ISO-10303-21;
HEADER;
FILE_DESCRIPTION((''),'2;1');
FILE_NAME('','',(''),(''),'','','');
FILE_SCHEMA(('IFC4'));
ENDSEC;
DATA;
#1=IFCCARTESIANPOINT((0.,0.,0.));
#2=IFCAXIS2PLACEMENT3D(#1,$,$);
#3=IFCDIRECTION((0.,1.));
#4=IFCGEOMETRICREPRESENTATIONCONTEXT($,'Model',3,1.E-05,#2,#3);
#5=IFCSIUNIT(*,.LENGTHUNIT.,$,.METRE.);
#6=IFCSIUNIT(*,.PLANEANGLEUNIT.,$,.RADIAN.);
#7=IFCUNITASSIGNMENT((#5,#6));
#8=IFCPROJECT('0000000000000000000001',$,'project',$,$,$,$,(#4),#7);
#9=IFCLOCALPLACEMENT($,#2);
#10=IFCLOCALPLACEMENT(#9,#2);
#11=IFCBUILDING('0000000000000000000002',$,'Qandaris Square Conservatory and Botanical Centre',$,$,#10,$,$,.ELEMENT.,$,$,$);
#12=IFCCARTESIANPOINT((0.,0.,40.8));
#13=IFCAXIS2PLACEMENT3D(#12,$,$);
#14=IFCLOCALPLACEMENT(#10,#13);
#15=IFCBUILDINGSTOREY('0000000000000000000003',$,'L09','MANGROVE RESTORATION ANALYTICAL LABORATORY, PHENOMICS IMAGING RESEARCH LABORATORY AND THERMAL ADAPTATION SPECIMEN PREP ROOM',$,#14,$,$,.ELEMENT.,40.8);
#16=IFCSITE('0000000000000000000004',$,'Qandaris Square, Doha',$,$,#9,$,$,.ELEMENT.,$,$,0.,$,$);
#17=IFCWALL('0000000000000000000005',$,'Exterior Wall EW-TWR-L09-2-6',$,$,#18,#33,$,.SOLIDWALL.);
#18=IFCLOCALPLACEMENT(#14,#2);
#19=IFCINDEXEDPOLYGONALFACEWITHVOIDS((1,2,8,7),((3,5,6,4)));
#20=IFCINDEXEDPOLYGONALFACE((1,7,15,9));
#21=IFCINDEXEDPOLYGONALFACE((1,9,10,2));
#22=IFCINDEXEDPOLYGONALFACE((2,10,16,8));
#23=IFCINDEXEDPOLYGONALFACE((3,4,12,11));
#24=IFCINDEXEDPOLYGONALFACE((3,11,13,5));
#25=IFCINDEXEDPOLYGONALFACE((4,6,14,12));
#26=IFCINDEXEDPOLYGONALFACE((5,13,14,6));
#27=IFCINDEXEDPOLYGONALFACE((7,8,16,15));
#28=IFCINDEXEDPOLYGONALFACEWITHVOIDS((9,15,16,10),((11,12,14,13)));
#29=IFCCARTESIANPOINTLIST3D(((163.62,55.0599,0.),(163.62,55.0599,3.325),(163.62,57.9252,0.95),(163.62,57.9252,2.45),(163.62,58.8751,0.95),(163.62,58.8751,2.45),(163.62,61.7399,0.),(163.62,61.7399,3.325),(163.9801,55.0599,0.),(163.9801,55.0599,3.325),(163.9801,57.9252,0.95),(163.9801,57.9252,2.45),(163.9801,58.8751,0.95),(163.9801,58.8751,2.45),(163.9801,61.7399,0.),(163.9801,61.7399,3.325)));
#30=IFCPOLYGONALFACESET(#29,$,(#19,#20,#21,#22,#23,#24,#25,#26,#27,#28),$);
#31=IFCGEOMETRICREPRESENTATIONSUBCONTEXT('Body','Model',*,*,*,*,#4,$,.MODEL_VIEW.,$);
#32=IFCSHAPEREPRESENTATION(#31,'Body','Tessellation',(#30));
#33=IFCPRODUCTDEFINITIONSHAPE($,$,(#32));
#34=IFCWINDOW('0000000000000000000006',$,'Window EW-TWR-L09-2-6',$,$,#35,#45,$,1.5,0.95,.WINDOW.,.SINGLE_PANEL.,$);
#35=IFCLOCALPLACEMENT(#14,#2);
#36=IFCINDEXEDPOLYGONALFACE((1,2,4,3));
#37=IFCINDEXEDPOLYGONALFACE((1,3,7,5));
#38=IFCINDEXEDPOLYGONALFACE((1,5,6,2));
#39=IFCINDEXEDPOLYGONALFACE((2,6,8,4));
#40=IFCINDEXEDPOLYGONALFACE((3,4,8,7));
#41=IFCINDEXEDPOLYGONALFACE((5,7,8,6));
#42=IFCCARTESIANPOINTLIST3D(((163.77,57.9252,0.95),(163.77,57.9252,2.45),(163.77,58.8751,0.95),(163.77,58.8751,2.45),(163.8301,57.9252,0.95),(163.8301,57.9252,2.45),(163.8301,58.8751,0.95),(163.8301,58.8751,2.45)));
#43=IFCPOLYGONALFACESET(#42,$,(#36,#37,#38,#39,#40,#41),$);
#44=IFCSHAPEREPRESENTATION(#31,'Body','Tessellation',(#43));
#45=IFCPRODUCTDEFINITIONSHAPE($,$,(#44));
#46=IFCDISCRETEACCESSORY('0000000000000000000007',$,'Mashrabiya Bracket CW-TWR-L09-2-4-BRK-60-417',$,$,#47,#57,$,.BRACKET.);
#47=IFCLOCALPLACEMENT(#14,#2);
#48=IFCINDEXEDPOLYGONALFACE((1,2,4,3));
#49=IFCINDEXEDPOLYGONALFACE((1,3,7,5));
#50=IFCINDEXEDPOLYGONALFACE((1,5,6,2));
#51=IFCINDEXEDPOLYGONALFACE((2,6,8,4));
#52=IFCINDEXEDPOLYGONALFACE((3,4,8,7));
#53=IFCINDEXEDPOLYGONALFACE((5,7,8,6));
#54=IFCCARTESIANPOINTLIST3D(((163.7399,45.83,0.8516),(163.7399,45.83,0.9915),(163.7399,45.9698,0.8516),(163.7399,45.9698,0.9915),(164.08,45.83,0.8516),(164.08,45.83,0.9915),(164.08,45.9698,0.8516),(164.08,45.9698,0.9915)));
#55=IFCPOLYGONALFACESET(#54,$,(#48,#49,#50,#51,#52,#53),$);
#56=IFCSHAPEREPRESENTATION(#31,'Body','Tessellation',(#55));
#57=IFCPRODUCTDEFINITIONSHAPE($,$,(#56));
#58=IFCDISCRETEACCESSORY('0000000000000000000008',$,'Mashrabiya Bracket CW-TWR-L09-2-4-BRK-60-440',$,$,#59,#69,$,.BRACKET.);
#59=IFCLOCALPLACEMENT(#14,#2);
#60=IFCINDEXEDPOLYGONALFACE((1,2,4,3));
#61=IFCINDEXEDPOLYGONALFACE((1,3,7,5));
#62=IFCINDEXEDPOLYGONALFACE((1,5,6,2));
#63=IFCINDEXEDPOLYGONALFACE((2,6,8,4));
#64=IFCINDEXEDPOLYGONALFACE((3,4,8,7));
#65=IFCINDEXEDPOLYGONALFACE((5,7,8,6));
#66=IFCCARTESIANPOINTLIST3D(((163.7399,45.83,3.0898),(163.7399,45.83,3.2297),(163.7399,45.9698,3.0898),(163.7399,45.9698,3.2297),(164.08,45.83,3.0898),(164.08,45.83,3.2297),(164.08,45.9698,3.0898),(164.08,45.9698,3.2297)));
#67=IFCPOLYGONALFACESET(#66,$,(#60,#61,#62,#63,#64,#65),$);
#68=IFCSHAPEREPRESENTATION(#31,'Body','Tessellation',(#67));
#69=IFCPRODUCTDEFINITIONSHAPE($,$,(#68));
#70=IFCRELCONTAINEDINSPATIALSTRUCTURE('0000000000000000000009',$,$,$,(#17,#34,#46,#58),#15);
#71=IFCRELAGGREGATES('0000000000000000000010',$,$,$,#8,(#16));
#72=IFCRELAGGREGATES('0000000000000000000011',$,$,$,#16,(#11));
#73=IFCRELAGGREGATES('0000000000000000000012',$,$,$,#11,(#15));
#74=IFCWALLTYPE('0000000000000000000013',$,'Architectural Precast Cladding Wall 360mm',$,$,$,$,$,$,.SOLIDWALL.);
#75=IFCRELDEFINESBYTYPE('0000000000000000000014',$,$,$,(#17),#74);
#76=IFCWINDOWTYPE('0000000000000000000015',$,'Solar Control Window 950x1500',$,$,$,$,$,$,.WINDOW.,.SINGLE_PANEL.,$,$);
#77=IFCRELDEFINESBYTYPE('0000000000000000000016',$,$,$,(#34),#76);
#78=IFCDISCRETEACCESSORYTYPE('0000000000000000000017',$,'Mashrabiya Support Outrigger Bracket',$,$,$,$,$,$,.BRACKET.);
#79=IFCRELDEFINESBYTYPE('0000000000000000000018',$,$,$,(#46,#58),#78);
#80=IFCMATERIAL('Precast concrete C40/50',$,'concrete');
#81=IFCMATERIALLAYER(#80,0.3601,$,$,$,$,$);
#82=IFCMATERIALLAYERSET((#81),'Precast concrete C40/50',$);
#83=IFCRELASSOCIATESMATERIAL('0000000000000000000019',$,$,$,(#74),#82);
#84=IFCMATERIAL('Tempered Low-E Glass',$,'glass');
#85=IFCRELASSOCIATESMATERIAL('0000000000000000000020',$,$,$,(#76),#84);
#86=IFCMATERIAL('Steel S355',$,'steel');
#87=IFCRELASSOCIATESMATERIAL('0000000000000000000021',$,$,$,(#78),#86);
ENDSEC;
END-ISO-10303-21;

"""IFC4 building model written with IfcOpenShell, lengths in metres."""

from ifc_helpers import new_model, si_unit, direction, frame, frame_2d, origin, origin_2d, place, context, subcontext, project, spatial, rectangle, extrude, material, layer, layer_set, type_object, element, fill, save


model = new_model("IFC4")

# Units and contexts
model_context = context("Model", 3, precision=1e-05, world=origin(), true_north=direction((0.0, 1.0)))
body_context = subcontext(model_context, "Body", "Model", "MODEL_VIEW")
ifc_project = project(units=[si_unit("LENGTHUNIT", "METRE"), si_unit("PLANEANGLEUNIT", "RADIAN")], contexts=[model_context])

# Site, building, storey
site_placement = place(None, origin())
site = spatial("IfcSite", under=ifc_project, at=site_placement, Name="Qandaris Square, Doha", CompositionType="ELEMENT", RefElevation=0.0)
building_placement = place(site_placement, origin())
building = spatial("IfcBuilding", under=site, at=building_placement, Name="Qandaris Square Conservatory and Botanical Centre", CompositionType="ELEMENT")
storey_placement = place(building_placement, frame((0.0, 0.0, 40.8)))
storey = spatial("IfcBuildingStorey", under=building, at=storey_placement, Name="L09", Description="MANGROVE RESTORATION ANALYTICAL LABORATORY, PHENOMICS IMAGING RESEARCH LABORATORY AND THERMAL ADAPTATION SPECIMEN PREP ROOM", CompositionType="ELEMENT", Elevation=40.8)

# Shared definitions
ifc_material_1 = material(Name="Steel S355", Category="steel")

# Shared definitions
ifc_material_2 = material(Name="Tempered Low-E Glass", Category="glass")

# Wall, opening, window
ifc_material_3 = material(Name="Precast concrete C40/50", Category="concrete")
ifc_layer_1 = layer(ifc_material_3, 0.3601)
ifc_layer_set_1 = layer_set([ifc_layer_1], Name="Precast concrete C40/50")
wall_type = type_object("IfcWallType", Name="Architectural Precast Cladding Wall 360mm", PredefinedType="SOLIDWALL", material=ifc_layer_set_1)
wall_1_placement = place(storey_placement, frame((163.8, 55.0601, 0.0), z_axis=(0.0, 0.0, 1.0), x_axis=(0.0, 1.0, 0.0)))
wall_1 = element("IfcWall", 1, at=wall_1_placement, inside=storey, type_object=wall_type, Name="Exterior Wall EW-TWR-L09-2-6", PredefinedType="SOLIDWALL", context=body_context, shape_type="SweptSolid", body=[
    extrude(rectangle(XDim=6.6799, YDim=0.3601, at=frame_2d((3.3398, 0.0))), origin(), (0.0, 0.0, 1.0), 3.325),
])
opening_1_placement = place(wall_1_placement, frame((2.865, 0.0, 0.95)))
opening_1 = element("IfcOpeningElement", 2, at=opening_1_placement, cuts=wall_1, PredefinedType="OPENING", context=body_context, shape_type="SweptSolid", body=[
    extrude(rectangle(XDim=0.95, YDim=1.5, at=frame_2d((0.4751, 0.75))), frame((0.0, 0.1919, 0.0), z_axis=(0.0, -1.0, 0.0), x_axis=(1.0, 0.0, 0.0)), (0.0, 0.0, 1.0), 0.384),
])
window_type_1 = type_object("IfcWindowType", Name="Solar Control Window 950x1500", PartitioningType="SINGLE_PANEL", PredefinedType="WINDOW", material=ifc_material_2)
window_1_placement = place(opening_1_placement, origin())
window_1 = element("IfcWindow", 3, at=window_1_placement, inside=storey, type_object=window_type_1, Name="Window EW-TWR-L09-2-6", OverallHeight=1.5, OverallWidth=0.95, PartitioningType="SINGLE_PANEL", PredefinedType="WINDOW", context=body_context, shape_type="SweptSolid", body=[
    extrude(rectangle(XDim=0.95, YDim=1.5, at=frame_2d((0.4751, 0.75))), frame((0.0, 0.03, 0.0), z_axis=(0.0, -1.0, 0.0), x_axis=(1.0, 0.0, 0.0)), (0.0, 0.0, 1.0), 0.0601),
])
fill(opening_1, window_1)

# Discrete accessories
discrete_accessory_type = type_object("IfcDiscreteAccessoryType", Name="Mashrabiya Support Outrigger Bracket", PredefinedType="BRACKET", material=ifc_material_1)
for number, where, z_axis, x_axis, name in (
    (4, (163.9099, 45.8999, 0.8516), (0.0, 0.0, 1.0), (0.0, 1.0, 0.0), "Mashrabiya Bracket CW-TWR-L09-2-4-BRK-60-417"),
    (5, (163.9099, 45.8999, 3.0898), (0.0, 0.0, 1.0), (0.0, 1.0, 0.0), "Mashrabiya Bracket CW-TWR-L09-2-4-BRK-60-440"),
):
    element("IfcDiscreteAccessory", number, at=place(storey_placement, frame(where, z_axis=z_axis, x_axis=x_axis)), inside=storey, type_object=discrete_accessory_type, Name=name, PredefinedType="BRACKET", context=body_context, shape_type="SweptSolid", body=[
        extrude(rectangle(XDim=0.1399, YDim=0.3401, at=origin_2d()), origin(), (0.0, 0.0, 1.0), 0.1399),
    ])

save(model, "model.ifc")
